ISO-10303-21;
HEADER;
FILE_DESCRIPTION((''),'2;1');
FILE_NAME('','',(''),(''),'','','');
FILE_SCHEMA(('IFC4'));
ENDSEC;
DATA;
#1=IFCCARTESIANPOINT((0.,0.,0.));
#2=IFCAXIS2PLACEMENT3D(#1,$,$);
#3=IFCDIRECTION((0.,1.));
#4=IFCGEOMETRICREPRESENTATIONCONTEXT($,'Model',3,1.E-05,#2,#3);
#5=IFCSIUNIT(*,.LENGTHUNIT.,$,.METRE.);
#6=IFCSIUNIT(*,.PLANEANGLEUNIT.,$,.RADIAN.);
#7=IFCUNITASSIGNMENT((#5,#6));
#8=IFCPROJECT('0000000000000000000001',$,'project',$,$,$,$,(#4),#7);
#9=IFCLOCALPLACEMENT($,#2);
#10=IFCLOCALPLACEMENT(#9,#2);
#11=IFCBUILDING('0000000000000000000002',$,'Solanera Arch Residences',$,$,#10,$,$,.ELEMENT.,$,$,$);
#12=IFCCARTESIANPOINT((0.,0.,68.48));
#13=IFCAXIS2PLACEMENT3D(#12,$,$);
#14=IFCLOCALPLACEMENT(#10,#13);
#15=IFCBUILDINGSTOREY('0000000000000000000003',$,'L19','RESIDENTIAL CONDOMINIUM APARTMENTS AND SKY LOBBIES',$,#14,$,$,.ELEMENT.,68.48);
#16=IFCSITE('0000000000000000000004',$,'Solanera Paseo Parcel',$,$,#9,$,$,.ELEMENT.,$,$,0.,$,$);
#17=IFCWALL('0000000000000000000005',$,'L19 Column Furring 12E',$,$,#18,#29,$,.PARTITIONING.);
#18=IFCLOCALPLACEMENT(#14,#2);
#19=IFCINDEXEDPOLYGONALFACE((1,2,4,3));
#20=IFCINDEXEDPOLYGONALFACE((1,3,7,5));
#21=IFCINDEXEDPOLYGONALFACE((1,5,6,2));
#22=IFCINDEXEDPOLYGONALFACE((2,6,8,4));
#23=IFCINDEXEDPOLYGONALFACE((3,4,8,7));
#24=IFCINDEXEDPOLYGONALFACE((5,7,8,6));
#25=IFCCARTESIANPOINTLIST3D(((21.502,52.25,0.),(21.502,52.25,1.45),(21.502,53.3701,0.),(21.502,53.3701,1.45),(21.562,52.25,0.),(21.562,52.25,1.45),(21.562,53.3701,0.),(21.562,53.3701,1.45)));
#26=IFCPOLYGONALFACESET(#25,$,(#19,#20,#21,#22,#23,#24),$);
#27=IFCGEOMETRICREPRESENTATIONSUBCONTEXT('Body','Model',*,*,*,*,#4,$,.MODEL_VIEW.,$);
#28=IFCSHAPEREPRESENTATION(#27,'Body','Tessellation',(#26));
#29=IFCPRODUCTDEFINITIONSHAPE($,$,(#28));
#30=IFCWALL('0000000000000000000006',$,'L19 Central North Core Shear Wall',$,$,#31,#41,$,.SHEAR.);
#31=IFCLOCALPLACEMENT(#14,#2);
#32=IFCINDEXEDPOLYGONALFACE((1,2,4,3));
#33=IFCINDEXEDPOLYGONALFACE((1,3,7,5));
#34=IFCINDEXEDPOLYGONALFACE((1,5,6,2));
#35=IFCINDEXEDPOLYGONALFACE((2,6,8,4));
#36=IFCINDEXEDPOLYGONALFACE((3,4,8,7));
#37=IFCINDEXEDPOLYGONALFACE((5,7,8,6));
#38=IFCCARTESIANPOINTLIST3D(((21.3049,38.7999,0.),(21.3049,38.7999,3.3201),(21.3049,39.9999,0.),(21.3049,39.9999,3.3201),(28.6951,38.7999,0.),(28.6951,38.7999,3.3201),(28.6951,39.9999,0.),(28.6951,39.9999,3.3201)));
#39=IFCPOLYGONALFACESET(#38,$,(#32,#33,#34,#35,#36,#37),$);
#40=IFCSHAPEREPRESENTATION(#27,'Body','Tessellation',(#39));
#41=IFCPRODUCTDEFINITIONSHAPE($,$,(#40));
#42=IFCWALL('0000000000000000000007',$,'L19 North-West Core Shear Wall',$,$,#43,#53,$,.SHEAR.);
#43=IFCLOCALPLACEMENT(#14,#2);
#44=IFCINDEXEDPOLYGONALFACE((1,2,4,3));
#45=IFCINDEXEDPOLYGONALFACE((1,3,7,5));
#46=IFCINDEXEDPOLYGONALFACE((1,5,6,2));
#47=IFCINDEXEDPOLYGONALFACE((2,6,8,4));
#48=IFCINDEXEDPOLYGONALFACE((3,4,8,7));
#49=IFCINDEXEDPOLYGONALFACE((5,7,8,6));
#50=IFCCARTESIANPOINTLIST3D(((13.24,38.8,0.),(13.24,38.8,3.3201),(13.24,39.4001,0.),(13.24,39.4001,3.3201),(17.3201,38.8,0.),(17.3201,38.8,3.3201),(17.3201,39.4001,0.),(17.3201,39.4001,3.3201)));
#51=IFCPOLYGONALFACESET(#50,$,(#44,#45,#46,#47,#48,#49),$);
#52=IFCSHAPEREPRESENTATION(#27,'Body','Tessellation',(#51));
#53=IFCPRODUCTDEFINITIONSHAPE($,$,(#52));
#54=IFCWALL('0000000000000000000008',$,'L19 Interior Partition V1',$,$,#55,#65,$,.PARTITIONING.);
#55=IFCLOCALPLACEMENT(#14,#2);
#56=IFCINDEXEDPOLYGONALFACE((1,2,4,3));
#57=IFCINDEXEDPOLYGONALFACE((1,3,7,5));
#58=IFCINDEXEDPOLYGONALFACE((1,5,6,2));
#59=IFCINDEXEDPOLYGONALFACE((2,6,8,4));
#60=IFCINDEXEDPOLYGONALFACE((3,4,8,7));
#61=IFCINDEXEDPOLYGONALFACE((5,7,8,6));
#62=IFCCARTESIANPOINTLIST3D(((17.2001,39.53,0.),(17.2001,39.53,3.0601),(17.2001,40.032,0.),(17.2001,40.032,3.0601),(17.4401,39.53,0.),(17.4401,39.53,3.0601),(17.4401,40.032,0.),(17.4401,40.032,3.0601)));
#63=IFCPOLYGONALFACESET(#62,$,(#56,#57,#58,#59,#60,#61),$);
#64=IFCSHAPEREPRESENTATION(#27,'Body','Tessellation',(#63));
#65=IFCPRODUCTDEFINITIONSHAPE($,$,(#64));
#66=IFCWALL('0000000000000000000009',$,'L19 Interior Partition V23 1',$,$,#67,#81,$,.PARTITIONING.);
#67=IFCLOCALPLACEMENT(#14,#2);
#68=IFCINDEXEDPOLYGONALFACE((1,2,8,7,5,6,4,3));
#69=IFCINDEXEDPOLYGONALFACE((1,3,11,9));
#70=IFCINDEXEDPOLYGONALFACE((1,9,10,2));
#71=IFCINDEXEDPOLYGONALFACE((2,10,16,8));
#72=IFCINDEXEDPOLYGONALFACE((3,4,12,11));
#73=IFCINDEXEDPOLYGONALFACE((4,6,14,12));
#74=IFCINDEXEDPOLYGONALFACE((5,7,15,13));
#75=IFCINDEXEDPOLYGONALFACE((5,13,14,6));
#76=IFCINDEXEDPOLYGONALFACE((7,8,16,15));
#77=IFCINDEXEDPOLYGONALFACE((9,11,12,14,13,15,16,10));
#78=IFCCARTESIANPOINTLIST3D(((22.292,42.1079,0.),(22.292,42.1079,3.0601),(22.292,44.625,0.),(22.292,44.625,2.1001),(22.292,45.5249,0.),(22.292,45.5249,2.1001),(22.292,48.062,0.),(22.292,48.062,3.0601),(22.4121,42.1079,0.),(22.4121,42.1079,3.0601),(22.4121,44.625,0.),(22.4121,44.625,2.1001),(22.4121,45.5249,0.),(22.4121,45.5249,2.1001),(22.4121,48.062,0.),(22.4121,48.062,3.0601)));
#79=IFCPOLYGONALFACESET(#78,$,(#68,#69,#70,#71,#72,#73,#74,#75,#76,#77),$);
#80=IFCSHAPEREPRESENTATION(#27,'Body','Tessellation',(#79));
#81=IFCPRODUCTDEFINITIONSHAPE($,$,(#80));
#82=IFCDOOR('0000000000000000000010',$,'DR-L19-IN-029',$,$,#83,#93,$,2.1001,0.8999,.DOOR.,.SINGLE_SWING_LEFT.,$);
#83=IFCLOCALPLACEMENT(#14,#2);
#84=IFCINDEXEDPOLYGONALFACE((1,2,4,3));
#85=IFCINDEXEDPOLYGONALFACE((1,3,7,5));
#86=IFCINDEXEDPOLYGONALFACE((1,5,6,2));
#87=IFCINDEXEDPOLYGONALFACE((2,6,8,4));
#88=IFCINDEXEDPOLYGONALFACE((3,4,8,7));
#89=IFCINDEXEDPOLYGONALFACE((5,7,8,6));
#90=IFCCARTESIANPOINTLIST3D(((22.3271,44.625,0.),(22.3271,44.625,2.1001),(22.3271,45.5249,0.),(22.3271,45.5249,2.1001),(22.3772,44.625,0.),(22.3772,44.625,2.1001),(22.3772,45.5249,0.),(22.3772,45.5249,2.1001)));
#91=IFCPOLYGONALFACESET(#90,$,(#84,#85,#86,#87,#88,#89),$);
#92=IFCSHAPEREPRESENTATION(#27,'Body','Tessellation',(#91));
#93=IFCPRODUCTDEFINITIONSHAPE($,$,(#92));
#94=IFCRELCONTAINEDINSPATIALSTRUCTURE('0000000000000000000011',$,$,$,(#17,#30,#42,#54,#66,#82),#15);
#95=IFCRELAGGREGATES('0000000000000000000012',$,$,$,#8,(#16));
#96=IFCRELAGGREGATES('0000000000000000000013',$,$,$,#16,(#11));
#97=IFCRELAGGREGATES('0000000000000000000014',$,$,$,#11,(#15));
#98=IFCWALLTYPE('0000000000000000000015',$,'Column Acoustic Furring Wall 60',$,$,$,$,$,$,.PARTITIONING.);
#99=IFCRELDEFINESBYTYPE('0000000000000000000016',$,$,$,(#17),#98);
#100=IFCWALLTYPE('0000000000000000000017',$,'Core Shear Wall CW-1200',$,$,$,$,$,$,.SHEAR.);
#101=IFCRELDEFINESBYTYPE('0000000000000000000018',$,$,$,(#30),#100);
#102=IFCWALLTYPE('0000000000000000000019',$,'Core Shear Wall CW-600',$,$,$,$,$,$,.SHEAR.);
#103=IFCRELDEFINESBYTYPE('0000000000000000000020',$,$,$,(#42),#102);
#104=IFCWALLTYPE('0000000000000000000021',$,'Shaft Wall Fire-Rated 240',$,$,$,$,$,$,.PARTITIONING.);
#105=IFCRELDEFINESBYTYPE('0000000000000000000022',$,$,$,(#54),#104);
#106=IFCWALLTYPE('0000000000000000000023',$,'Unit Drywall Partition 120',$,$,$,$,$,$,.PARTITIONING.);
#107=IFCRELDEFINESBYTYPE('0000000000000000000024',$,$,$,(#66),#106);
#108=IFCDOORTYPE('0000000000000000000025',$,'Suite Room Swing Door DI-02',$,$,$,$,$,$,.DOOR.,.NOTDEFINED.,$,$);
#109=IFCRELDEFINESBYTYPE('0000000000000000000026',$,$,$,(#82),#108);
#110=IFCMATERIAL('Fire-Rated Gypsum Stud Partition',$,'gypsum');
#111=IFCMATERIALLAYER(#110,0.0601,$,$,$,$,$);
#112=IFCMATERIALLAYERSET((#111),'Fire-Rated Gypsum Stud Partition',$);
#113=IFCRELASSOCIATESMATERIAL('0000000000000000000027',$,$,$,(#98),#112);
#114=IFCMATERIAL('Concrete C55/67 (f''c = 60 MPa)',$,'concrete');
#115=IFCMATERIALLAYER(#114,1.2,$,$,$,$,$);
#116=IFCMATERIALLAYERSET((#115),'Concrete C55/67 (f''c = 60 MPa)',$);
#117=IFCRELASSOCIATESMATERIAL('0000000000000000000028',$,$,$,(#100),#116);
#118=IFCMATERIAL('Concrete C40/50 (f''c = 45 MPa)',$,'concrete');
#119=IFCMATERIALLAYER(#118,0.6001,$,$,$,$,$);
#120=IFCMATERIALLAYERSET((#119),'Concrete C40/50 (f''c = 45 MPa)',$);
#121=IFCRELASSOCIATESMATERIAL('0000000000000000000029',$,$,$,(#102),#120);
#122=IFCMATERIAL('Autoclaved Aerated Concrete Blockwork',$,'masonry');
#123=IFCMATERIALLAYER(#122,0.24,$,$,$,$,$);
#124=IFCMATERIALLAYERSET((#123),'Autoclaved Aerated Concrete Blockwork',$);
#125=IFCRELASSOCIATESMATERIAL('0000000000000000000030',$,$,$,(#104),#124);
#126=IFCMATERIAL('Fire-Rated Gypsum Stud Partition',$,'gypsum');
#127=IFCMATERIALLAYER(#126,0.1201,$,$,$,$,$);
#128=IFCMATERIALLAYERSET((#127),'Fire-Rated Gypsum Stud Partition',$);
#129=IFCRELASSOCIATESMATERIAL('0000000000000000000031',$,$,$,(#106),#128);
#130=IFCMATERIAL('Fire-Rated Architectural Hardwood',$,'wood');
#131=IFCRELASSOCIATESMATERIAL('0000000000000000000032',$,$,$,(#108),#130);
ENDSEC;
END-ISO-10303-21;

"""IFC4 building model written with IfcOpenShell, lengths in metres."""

from ifc_helpers import new_model, si_unit, direction, frame, frame_2d, origin, place, context, subcontext, project, spatial, rectangle, extrude, material, layer, layer_set, type_object, element, fill, save


model = new_model("IFC4")

# Units and contexts
model_context = context("Model", 3, precision=1e-05, world=origin(), true_north=direction((0.0, 1.0)))
body_context = subcontext(model_context, "Body", "Model", "MODEL_VIEW")
ifc_project = project(units=[si_unit("LENGTHUNIT", "METRE"), si_unit("PLANEANGLEUNIT", "RADIAN")], contexts=[model_context])

# Site, building, storey
site_placement = place(None, origin())
site = spatial("IfcSite", under=ifc_project, at=site_placement, Name="Solanera Paseo Parcel", CompositionType="ELEMENT", RefElevation=0.0)
building_placement = place(site_placement, origin())
building = spatial("IfcBuilding", under=site, at=building_placement, Name="Solanera Arch Residences", CompositionType="ELEMENT")
storey_placement = place(building_placement, frame((0.0, 0.0, 68.48)))
storey = spatial("IfcBuildingStorey", under=building, at=storey_placement, Name="L19", Description="RESIDENTIAL CONDOMINIUM APARTMENTS AND SKY LOBBIES", CompositionType="ELEMENT", Elevation=68.48)

# Walls
ifc_material_1 = material(Name="Fire-Rated Gypsum Stud Partition", Category="gypsum")
ifc_layer_1 = layer(ifc_material_1, 0.0601)
ifc_layer_set_1 = layer_set([ifc_layer_1], Name="Fire-Rated Gypsum Stud Partition")
wall_type_1 = type_object("IfcWallType", Name="Column Acoustic Furring Wall 60", PredefinedType="PARTITIONING", material=ifc_layer_set_1)
for number, where, z_axis, x_axis, name in (
    (1, (21.532, 52.25, 0.0), (0.0, 0.0, 1.0), (0.0, 1.0, 0.0), "L19 Column Furring 12E"),
):
    element("IfcWall", number, at=place(storey_placement, frame(where, z_axis=z_axis, x_axis=x_axis)), inside=storey, type_object=wall_type_1, Name=name, PredefinedType="PARTITIONING", context=body_context, shape_type="SweptSolid", body=[
        extrude(rectangle(XDim=1.1201, YDim=0.0601, at=frame_2d((0.5601, 0.0))), origin(), (0.0, 0.0, 1.0), 1.45),
    ])
ifc_material_2 = material(Name="Concrete C55/67 (f'c = 60 MPa)", Category="concrete")
ifc_layer_2 = layer(ifc_material_2, 1.2)
ifc_layer_set_2 = layer_set([ifc_layer_2], Name="Concrete C55/67 (f'c = 60 MPa)")
wall_type_2 = type_object("IfcWallType", Name="Core Shear Wall CW-1200", PredefinedType="SHEAR", material=ifc_layer_set_2)
wall_1_placement = place(storey_placement, frame((21.3049, 39.3999, 0.0), z_axis=(0.0, 0.0, 1.0), x_axis=(1.0, 0.0, 0.0)))
element("IfcWall", 2, at=wall_1_placement, inside=storey, type_object=wall_type_2, Name="L19 Central North Core Shear Wall", PredefinedType="SHEAR", context=body_context, shape_type="SweptSolid", body=[
    extrude(rectangle(XDim=7.3901, YDim=1.2, at=frame_2d((3.6951, 0.0))), origin(), (0.0, 0.0, 1.0), 3.3201),
])
ifc_material_3 = material(Name="Concrete C40/50 (f'c = 45 MPa)", Category="concrete")
ifc_layer_3 = layer(ifc_material_3, 0.6001)
ifc_layer_set_3 = layer_set([ifc_layer_3], Name="Concrete C40/50 (f'c = 45 MPa)")
wall_type_3 = type_object("IfcWallType", Name="Core Shear Wall CW-600", PredefinedType="SHEAR", material=ifc_layer_set_3)
wall_2_placement = place(storey_placement, frame((13.24, 39.1001, 0.0), z_axis=(0.0, 0.0, 1.0), x_axis=(1.0, 0.0, 0.0)))
element("IfcWall", 3, at=wall_2_placement, inside=storey, type_object=wall_type_3, Name="L19 North-West Core Shear Wall", PredefinedType="SHEAR", context=body_context, shape_type="SweptSolid", body=[
    extrude(rectangle(XDim=4.0801, YDim=0.6001, at=frame_2d((2.04, 0.0))), origin(), (0.0, 0.0, 1.0), 3.3201),
])
ifc_material_4 = material(Name="Autoclaved Aerated Concrete Blockwork", Category="masonry")
ifc_layer_4 = layer(ifc_material_4, 0.24)
ifc_layer_set_4 = layer_set([ifc_layer_4], Name="Autoclaved Aerated Concrete Blockwork")
wall_type_4 = type_object("IfcWallType", Name="Shaft Wall Fire-Rated 240", PredefinedType="PARTITIONING", material=ifc_layer_set_4)
wall_3_placement = place(storey_placement, frame((17.3201, 39.53, 0.0), z_axis=(0.0, 0.0, 1.0), x_axis=(0.0, 1.0, 0.0)))
element("IfcWall", 4, at=wall_3_placement, inside=storey, type_object=wall_type_4, Name="L19 Interior Partition V1", PredefinedType="PARTITIONING", context=body_context, shape_type="SweptSolid", body=[
    extrude(rectangle(XDim=0.502, YDim=0.24, at=frame_2d((0.251, 0.0))), origin(), (0.0, 0.0, 1.0), 3.0601),
])

# Wall, opening, door
ifc_material_5 = material(Name="Fire-Rated Gypsum Stud Partition", Category="gypsum")
ifc_layer_5 = layer(ifc_material_5, 0.1201)
ifc_layer_set_5 = layer_set([ifc_layer_5], Name="Fire-Rated Gypsum Stud Partition")
wall_type_5 = type_object("IfcWallType", Name="Unit Drywall Partition 120", PredefinedType="PARTITIONING", material=ifc_layer_set_5)
wall_4_placement = place(storey_placement, frame((22.3521, 42.1079, 0.0), z_axis=(0.0, 0.0, 1.0), x_axis=(0.0, 1.0, 0.0)))
wall_4 = element("IfcWall", 5, at=wall_4_placement, inside=storey, type_object=wall_type_5, Name="L19 Interior Partition V23 1", PredefinedType="PARTITIONING", context=body_context, shape_type="SweptSolid", body=[
    extrude(rectangle(XDim=5.9541, YDim=0.1201, at=frame_2d((2.9771, 0.0))), origin(), (0.0, 0.0, 1.0), 3.0601),
])
opening_placement = place(wall_4_placement, frame((2.5171, 0.0, 0.0)))
opening = element("IfcOpeningElement", 6, at=opening_placement, cuts=wall_4, PredefinedType="OPENING", context=body_context, shape_type="SweptSolid", body=[
    extrude(rectangle(XDim=0.8999, YDim=2.1001, at=frame_2d((0.45, 1.05))), frame((0.0, 0.0701, 0.0), z_axis=(0.0, -1.0, 0.0), x_axis=(1.0, 0.0, 0.0)), (0.0, 0.0, 1.0), 0.1401),
])
ifc_material_6 = material(Name="Fire-Rated Architectural Hardwood", Category="wood")
door_type = type_object("IfcDoorType", Name="Suite Room Swing Door DI-02", OperationType="NOTDEFINED", PredefinedType="DOOR", material=ifc_material_6)
door_placement = place(opening_placement, origin())
door = element("IfcDoor", 7, at=door_placement, inside=storey, type_object=door_type, Name="DR-L19-IN-029", OperationType="SINGLE_SWING_LEFT", OverallHeight=2.1001, OverallWidth=0.8999, PredefinedType="DOOR", context=body_context, shape_type="SweptSolid", body=[
    extrude(rectangle(XDim=0.8999, YDim=2.1001, at=frame_2d((0.45, 1.05))), frame((0.0, 0.0249, 0.0), z_axis=(0.0, -1.0, 0.0), x_axis=(1.0, 0.0, 0.0)), (0.0, 0.0, 1.0), 0.05),
])
fill(opening, door)

save(model, "model.ifc")
